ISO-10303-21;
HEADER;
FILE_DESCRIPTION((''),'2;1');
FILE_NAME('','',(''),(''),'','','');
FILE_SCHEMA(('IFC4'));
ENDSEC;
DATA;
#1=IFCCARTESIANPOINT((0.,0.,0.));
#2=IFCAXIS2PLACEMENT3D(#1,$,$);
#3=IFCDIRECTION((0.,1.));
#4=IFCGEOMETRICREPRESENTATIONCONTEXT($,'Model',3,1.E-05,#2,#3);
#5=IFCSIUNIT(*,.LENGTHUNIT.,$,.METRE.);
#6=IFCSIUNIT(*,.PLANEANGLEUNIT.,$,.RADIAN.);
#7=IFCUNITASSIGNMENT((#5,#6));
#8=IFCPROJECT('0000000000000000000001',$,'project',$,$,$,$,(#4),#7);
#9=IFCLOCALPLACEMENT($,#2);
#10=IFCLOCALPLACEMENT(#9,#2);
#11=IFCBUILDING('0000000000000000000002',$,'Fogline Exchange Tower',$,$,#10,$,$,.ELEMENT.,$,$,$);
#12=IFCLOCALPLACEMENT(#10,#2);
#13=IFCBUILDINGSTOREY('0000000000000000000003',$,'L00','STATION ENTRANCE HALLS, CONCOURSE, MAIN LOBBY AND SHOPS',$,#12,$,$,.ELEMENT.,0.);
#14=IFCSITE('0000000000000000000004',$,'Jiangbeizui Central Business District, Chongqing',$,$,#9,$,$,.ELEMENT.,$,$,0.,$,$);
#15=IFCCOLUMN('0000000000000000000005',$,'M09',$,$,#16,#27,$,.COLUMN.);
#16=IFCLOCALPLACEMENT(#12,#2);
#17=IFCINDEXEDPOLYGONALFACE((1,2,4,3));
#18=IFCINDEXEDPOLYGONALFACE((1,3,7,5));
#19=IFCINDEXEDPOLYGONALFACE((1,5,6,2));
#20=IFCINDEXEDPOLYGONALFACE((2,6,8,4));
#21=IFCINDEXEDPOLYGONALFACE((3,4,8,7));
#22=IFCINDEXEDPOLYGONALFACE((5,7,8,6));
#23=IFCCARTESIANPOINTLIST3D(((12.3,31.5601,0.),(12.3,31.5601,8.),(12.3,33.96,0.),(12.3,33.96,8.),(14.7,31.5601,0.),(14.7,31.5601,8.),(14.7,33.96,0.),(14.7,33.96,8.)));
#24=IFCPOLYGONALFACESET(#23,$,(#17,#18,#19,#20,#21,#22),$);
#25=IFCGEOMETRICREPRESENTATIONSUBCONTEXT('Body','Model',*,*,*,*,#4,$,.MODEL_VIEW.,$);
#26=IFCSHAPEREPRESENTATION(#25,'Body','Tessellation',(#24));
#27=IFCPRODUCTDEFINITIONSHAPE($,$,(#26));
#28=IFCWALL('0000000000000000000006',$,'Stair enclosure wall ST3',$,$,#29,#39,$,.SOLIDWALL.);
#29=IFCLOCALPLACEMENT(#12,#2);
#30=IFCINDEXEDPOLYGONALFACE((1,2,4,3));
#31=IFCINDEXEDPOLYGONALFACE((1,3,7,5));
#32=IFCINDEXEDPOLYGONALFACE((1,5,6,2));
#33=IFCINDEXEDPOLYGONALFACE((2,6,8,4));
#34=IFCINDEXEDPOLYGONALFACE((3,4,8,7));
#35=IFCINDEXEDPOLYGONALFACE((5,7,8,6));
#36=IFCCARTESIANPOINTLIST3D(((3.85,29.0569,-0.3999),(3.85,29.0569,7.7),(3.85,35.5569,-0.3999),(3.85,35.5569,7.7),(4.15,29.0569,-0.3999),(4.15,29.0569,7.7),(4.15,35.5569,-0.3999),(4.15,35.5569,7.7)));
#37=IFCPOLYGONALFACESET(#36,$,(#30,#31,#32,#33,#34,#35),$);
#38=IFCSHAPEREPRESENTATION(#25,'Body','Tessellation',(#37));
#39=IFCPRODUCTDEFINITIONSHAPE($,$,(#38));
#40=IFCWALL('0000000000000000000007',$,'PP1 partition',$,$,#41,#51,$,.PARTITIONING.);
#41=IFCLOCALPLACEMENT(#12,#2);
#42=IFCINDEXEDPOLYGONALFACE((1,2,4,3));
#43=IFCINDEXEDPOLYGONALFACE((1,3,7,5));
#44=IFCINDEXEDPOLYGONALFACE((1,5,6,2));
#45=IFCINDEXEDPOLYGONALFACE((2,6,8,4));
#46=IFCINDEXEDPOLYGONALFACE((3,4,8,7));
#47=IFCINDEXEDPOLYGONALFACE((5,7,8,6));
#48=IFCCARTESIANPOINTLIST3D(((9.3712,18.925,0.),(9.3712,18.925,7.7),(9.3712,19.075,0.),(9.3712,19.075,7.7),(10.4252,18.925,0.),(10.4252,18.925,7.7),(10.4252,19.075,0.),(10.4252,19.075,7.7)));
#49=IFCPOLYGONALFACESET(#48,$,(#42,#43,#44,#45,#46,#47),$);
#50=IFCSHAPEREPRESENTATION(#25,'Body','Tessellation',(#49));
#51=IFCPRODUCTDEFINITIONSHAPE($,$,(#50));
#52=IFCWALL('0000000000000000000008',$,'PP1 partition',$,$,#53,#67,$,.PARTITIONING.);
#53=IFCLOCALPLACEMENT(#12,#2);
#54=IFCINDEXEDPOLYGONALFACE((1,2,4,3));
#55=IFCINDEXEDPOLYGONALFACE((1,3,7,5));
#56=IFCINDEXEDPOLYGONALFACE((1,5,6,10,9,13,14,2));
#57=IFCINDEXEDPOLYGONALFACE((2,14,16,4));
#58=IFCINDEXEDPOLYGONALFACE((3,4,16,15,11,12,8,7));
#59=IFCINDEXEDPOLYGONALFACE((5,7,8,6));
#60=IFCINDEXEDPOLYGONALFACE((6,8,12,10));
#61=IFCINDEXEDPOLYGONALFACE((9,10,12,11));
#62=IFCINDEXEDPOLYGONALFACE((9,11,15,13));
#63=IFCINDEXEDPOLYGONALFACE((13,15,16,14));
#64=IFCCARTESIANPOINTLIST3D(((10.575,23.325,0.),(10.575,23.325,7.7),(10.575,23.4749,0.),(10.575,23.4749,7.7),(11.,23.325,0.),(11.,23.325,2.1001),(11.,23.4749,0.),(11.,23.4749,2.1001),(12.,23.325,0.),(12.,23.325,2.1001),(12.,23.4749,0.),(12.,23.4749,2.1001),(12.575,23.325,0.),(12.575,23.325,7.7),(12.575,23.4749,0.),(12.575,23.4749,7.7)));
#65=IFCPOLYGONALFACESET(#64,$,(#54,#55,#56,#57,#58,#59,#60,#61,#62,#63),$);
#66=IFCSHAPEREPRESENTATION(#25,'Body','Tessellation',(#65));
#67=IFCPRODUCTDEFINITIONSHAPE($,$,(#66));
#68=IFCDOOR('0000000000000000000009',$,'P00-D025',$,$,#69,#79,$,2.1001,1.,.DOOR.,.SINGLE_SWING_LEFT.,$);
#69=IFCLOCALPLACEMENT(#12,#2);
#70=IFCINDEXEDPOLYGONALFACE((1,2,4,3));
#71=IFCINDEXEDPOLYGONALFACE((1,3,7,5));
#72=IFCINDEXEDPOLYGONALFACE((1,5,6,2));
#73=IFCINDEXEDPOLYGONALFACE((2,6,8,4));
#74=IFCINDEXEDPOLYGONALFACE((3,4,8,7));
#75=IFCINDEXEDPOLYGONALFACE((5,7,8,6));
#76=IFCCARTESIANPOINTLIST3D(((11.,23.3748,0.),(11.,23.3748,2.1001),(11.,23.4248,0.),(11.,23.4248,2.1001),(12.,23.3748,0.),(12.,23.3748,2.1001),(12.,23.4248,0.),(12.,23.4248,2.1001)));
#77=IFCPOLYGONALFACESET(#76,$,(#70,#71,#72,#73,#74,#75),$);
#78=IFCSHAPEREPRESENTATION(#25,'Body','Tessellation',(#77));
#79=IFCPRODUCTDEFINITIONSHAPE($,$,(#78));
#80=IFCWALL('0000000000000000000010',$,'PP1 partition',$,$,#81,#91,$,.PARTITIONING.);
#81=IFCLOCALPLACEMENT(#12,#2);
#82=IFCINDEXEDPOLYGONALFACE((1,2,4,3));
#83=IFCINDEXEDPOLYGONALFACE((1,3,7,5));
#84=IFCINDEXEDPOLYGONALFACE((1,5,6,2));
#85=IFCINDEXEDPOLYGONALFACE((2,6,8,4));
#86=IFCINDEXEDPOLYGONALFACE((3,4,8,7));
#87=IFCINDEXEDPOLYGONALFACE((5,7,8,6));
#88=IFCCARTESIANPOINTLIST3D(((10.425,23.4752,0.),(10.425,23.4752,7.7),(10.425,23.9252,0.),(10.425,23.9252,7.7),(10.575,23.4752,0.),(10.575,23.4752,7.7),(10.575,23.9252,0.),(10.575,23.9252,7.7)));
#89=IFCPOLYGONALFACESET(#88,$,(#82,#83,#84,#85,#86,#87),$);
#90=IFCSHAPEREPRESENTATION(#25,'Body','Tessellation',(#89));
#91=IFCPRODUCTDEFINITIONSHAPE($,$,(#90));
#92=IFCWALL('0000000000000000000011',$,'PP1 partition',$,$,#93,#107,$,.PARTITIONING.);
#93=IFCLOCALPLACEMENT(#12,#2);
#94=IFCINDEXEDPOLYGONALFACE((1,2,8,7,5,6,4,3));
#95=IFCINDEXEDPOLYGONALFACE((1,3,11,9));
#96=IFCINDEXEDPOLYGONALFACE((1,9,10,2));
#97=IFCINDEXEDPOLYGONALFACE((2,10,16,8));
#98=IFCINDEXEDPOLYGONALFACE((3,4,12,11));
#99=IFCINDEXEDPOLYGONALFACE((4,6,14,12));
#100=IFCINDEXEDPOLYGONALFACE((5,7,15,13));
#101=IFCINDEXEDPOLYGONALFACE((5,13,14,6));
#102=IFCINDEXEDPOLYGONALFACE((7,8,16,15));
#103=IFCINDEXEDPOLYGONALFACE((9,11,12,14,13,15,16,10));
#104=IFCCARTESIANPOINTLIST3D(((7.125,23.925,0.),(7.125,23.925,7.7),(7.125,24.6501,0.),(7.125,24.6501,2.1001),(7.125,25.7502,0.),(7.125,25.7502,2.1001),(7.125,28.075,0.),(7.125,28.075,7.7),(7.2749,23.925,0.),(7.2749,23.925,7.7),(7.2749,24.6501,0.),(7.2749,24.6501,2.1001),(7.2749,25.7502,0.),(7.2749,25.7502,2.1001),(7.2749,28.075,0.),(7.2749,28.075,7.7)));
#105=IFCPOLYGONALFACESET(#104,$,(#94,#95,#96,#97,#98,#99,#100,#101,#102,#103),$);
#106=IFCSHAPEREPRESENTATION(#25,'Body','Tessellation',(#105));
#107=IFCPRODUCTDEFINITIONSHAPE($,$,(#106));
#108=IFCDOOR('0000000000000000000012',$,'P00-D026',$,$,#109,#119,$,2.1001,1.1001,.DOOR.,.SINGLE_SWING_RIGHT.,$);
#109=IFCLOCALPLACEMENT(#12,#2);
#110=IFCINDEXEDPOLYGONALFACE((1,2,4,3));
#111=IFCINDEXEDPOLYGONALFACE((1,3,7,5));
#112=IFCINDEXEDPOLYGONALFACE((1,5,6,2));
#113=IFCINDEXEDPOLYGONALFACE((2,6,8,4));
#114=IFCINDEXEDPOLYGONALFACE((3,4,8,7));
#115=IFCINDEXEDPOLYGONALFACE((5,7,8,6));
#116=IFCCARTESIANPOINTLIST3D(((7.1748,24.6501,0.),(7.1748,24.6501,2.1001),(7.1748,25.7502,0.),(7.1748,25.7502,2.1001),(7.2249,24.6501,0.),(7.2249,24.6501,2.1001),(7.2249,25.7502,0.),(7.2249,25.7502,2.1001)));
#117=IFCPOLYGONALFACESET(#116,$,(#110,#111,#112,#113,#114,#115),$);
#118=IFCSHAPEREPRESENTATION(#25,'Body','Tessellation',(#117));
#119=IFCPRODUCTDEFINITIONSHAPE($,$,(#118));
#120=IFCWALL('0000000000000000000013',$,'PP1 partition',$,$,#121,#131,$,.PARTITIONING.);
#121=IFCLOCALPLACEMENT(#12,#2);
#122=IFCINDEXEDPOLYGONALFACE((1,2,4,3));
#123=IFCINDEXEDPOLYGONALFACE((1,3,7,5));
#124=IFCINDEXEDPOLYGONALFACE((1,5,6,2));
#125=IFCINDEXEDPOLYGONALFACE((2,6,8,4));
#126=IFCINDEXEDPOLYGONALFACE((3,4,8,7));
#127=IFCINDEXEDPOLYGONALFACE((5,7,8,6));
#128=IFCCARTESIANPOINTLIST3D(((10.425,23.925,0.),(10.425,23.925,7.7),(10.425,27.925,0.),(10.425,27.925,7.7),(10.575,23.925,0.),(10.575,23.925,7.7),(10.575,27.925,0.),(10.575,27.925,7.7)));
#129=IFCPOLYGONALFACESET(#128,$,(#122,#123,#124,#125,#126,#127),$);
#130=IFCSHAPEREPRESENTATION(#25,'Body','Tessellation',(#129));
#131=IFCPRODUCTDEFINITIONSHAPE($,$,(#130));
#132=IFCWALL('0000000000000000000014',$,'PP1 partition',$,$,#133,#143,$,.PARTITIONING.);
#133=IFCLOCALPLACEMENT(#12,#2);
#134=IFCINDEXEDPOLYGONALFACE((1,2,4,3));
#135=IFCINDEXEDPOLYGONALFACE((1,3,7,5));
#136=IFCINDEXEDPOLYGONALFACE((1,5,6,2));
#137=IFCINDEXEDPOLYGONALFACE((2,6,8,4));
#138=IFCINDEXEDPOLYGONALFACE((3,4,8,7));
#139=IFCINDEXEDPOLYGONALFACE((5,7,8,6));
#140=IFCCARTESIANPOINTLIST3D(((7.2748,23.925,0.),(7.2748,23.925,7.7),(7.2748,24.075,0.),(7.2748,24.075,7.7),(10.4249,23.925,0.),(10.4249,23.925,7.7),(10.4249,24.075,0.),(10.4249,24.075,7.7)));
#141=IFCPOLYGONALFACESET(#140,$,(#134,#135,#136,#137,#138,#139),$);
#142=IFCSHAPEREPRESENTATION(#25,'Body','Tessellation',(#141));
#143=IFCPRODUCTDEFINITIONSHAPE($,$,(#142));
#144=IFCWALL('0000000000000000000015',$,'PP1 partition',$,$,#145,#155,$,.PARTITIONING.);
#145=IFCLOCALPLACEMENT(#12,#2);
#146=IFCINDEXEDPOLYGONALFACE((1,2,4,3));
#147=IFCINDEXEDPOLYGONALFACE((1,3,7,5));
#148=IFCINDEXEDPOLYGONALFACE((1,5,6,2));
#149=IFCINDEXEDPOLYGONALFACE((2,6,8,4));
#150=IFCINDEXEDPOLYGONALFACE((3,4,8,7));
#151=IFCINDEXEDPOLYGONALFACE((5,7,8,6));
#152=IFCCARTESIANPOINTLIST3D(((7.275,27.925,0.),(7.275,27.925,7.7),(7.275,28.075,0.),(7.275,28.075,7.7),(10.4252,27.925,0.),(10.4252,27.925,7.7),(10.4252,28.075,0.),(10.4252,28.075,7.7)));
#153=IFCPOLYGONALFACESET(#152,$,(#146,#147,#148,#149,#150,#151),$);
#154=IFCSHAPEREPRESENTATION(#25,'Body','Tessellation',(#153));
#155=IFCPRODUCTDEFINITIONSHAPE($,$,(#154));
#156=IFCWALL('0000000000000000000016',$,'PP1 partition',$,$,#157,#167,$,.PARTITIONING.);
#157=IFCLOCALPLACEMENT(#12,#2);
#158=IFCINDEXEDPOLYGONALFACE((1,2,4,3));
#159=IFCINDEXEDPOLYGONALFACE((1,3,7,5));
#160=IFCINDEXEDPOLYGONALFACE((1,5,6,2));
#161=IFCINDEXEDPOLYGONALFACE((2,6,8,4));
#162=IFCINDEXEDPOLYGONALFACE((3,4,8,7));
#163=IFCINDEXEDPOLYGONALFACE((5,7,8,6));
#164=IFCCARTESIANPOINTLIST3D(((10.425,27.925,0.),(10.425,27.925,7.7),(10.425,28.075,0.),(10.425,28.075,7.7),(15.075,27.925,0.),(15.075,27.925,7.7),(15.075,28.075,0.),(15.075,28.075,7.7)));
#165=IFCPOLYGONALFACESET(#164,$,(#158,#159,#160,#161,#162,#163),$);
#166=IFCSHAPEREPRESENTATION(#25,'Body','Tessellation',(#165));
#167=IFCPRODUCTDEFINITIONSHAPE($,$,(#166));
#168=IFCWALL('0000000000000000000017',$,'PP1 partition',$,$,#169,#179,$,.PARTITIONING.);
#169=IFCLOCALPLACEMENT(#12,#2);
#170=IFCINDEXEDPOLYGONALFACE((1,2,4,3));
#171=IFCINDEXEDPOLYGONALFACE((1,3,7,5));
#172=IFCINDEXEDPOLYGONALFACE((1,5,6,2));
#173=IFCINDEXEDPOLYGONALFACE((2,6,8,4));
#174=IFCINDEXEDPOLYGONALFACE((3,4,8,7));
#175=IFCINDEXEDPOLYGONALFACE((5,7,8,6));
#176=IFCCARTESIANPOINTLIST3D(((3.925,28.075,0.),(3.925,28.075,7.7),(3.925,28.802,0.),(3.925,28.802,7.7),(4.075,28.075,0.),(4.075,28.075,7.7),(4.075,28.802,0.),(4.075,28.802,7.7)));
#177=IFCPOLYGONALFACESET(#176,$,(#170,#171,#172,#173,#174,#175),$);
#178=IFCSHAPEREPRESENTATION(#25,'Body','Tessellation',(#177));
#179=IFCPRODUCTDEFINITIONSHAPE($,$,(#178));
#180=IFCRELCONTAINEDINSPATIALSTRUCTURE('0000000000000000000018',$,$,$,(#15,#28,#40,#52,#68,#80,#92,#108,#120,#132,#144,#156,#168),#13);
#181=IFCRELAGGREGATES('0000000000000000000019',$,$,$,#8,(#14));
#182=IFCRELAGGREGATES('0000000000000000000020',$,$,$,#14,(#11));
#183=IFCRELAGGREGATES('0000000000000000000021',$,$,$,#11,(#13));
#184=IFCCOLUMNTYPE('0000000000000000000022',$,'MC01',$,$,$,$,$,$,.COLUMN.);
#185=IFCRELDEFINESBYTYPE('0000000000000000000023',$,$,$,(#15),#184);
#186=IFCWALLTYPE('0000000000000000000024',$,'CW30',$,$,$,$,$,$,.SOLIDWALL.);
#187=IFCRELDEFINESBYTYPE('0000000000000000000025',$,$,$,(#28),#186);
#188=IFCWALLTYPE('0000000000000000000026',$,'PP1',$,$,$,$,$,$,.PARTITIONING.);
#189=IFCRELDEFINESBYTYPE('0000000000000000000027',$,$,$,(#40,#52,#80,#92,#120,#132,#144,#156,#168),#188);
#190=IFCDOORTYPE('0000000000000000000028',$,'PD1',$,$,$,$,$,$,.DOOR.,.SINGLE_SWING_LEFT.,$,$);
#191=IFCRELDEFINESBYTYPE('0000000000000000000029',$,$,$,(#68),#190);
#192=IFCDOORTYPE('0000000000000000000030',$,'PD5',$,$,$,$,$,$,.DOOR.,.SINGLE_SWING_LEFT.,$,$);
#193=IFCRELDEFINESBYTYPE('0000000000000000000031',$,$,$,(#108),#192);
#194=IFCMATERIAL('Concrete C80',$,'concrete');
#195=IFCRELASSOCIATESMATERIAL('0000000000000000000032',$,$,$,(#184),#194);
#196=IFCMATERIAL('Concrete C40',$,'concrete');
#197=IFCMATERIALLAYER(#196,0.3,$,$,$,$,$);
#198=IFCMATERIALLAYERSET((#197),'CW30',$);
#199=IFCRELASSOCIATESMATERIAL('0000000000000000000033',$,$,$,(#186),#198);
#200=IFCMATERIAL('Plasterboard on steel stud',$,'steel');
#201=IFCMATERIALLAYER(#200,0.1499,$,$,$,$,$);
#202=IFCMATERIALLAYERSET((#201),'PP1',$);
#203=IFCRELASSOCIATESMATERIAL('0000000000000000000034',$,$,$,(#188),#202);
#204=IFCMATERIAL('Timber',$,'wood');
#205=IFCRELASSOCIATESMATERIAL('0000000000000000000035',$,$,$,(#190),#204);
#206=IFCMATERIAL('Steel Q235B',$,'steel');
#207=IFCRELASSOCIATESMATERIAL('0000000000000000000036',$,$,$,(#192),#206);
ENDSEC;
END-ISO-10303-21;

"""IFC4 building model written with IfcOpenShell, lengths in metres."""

from ifc_helpers import new_model, si_unit, direction, frame, frame_2d, origin, origin_2d, place, context, subcontext, project, spatial, rectangle, extrude, material, layer, layer_set, material_profile, profile_set, type_object, element, fill, save


model = new_model("IFC4")

# Units and contexts
model_context = context("Model", 3, precision=1e-05, world=origin(), true_north=direction((0.0, 1.0)))
body_context = subcontext(model_context, "Body", "Model", "MODEL_VIEW")
ifc_project = project(units=[si_unit("LENGTHUNIT", "METRE"), si_unit("PLANEANGLEUNIT", "RADIAN")], contexts=[model_context])

# Site, building, storey
site_placement = place(None, origin())
site = spatial("IfcSite", under=ifc_project, at=site_placement, Name="Jiangbeizui Central Business District, Chongqing", CompositionType="ELEMENT", RefElevation=0.0)
building_placement = place(site_placement, origin())
building = spatial("IfcBuilding", under=site, at=building_placement, Name="Fogline Exchange Tower", CompositionType="ELEMENT")
storey_placement = place(building_placement, origin())
storey = spatial("IfcBuildingStorey", under=building, at=storey_placement, Name="L00", Description="STATION ENTRANCE HALLS, CONCOURSE, MAIN LOBBY AND SHOPS", CompositionType="ELEMENT", Elevation=0.0)

# Column
ifc_material_1 = material(Name="Concrete C80", Category="concrete")
ifc_material_profile = material_profile(ifc_material_1, rectangle(XDim=2.3999, YDim=2.3999, at=origin_2d()), Name="RC 2400x2400")
ifc_profile_set = profile_set([ifc_material_profile], Name="Concrete C80")
column_type = type_object("IfcColumnType", Name="MC01", PredefinedType="COLUMN", material=ifc_profile_set)
column_placement = place(storey_placement, frame((13.5, 32.76, 0.0), z_axis=(0.0, 0.0, 1.0), x_axis=(1.0, 0.0, 0.0)))
element("IfcColumn", 1, at=column_placement, inside=storey, type_object=column_type, Name="M09", PredefinedType="COLUMN", context=body_context, shape_type="SweptSolid", body=[
    extrude(rectangle(XDim=2.3999, YDim=2.3999, at=origin_2d()), origin(), (0.0, 0.0, 1.0), 8.0),
])

# Walls
ifc_material_2 = material(Name="Concrete C40", Category="concrete")
ifc_layer_1 = layer(ifc_material_2, 0.3)
ifc_layer_set_1 = layer_set([ifc_layer_1], Name="CW30")
wall_type_1 = type_object("IfcWallType", Name="CW30", PredefinedType="SOLIDWALL", material=ifc_layer_set_1)
wall_1_placement = place(storey_placement, frame((4.0, 29.0569, -0.3999), z_axis=(0.0, 0.0, 1.0), x_axis=(0.0, 1.0, 0.0)))
element("IfcWall", 2, at=wall_1_placement, inside=storey, type_object=wall_type_1, Name="Stair enclosure wall ST3", PredefinedType="SOLIDWALL", context=body_context, shape_type="SweptSolid", body=[
    extrude(rectangle(XDim=6.5, YDim=0.3, at=frame_2d((3.25, 0.0))), origin(), (0.0, 0.0, 1.0), 8.0999),
])
ifc_material_3 = material(Name="Plasterboard on steel stud", Category="steel")
ifc_layer_2 = layer(ifc_material_3, 0.1499)
ifc_layer_set_2 = layer_set([ifc_layer_2], Name="PP1")
wall_type_2 = type_object("IfcWallType", Name="PP1", PredefinedType="PARTITIONING", material=ifc_layer_set_2)
wall_2_placement = place(storey_placement, frame((10.425, 19.0, 0.0), z_axis=(0.0, 0.0, 1.0), x_axis=(-1.0, 0.0, 0.0)))
element("IfcWall", 3, at=wall_2_placement, inside=storey, type_object=wall_type_2, Name="PP1 partition", PredefinedType="PARTITIONING", context=body_context, shape_type="SweptSolid", body=[
    extrude(rectangle(XDim=1.054, YDim=0.1499, at=frame_2d((0.5269, 0.0))), origin(), (0.0, 0.0, 1.0), 7.7),
])

# Wall, opening, door
wall_3_placement = place(storey_placement, frame((12.575, 23.3999, 0.0), z_axis=(0.0, 0.0, 1.0), x_axis=(-1.0, 0.0, 0.0)))
wall_3 = element("IfcWall", 4, at=wall_3_placement, inside=storey, type_object=wall_type_2, Name="PP1 partition", PredefinedType="PARTITIONING", context=body_context, shape_type="SweptSolid", body=[
    extrude(rectangle(XDim=2.0, YDim=0.1499, at=frame_2d((1.0, 0.0))), origin(), (0.0, 0.0, 1.0), 7.7),
])
opening_1_placement = place(wall_3_placement, frame((0.575, 0.0, 0.0)))
opening_1 = element("IfcOpeningElement", 5, at=opening_1_placement, cuts=wall_3, PredefinedType="OPENING", context=body_context, shape_type="SweptSolid", body=[
    extrude(rectangle(XDim=1.0, YDim=2.1001, at=frame_2d((0.5, 1.05))), frame((0.0, 0.085, 0.0), z_axis=(0.0, -1.0, 0.0), x_axis=(1.0, 0.0, 0.0)), (0.0, 0.0, 1.0), 0.1699),
])
ifc_material_4 = material(Name="Timber", Category="wood")
door_type_1 = type_object("IfcDoorType", Name="PD1", OperationType="SINGLE_SWING_LEFT", PredefinedType="DOOR", material=ifc_material_4)
door_1_placement = place(opening_1_placement, frame((1.0, 0.0, 0.0), z_axis=(0.0, 0.0, 1.0), x_axis=(-1.0, 0.0, 0.0)))
door_1 = element("IfcDoor", 6, at=door_1_placement, inside=storey, type_object=door_type_1, Name="P00-D025", OperationType="SINGLE_SWING_LEFT", OverallHeight=2.1001, OverallWidth=1.0, PredefinedType="DOOR", context=body_context, shape_type="SweptSolid", body=[
    extrude(rectangle(XDim=1.0, YDim=2.1001, at=frame_2d((0.5, 1.05))), frame((0.0, 0.0249, 0.0), z_axis=(0.0, -1.0, 0.0), x_axis=(1.0, 0.0, 0.0)), (0.0, 0.0, 1.0), 0.05),
])
fill(opening_1, door_1)

# Wall
wall_4_placement = place(storey_placement, frame((10.5, 23.4751, 0.0), z_axis=(0.0, 0.0, 1.0), x_axis=(0.0, 1.0, 0.0)))
element("IfcWall", 7, at=wall_4_placement, inside=storey, type_object=wall_type_2, Name="PP1 partition", PredefinedType="PARTITIONING", context=body_context, shape_type="SweptSolid", body=[
    extrude(rectangle(XDim=0.45, YDim=0.1499, at=frame_2d((0.2251, 0.0))), origin(), (0.0, 0.0, 1.0), 7.7),
])

# Wall, opening, door
wall_5_placement = place(storey_placement, frame((7.2, 23.925, 0.0), z_axis=(0.0, 0.0, 1.0), x_axis=(0.0, 1.0, 0.0)))
wall_5 = element("IfcWall", 8, at=wall_5_placement, inside=storey, type_object=wall_type_2, Name="PP1 partition", PredefinedType="PARTITIONING", context=body_context, shape_type="SweptSolid", body=[
    extrude(rectangle(XDim=4.1499, YDim=0.1499, at=frame_2d((2.075, 0.0))), origin(), (0.0, 0.0, 1.0), 7.7),
])
opening_2_placement = place(wall_5_placement, frame((0.7251, 0.0, 0.0)))
opening_2 = element("IfcOpeningElement", 9, at=opening_2_placement, cuts=wall_5, PredefinedType="OPENING", context=body_context, shape_type="SweptSolid", body=[
    extrude(rectangle(XDim=1.1001, YDim=2.1001, at=frame_2d((0.55, 1.05))), frame((0.0, 0.085, 0.0), z_axis=(0.0, -1.0, 0.0), x_axis=(1.0, 0.0, 0.0)), (0.0, 0.0, 1.0), 0.1699),
])
ifc_material_5 = material(Name="Steel Q235B", Category="steel")
door_type_2 = type_object("IfcDoorType", Name="PD5", OperationType="SINGLE_SWING_LEFT", PredefinedType="DOOR", material=ifc_material_5)
door_2_placement = place(opening_2_placement, frame((1.1001, 0.0, 0.0), z_axis=(0.0, 0.0, 1.0), x_axis=(-1.0, 0.0, 0.0)))
door_2 = element("IfcDoor", 10, at=door_2_placement, inside=storey, type_object=door_type_2, Name="P00-D026", OperationType="SINGLE_SWING_RIGHT", OverallHeight=2.1001, OverallWidth=1.1001, PredefinedType="DOOR", context=body_context, shape_type="SweptSolid", body=[
    extrude(rectangle(XDim=1.1001, YDim=2.1001, at=frame_2d((0.55, 1.05))), frame((0.0, 0.0249, 0.0), z_axis=(0.0, -1.0, 0.0), x_axis=(1.0, 0.0, 0.0)), (0.0, 0.0, 1.0), 0.05),
])
fill(opening_2, door_2)

# Walls
wall_6_placement = place(storey_placement, frame((10.5, 23.925, 0.0), z_axis=(0.0, 0.0, 1.0), x_axis=(0.0, 1.0, 0.0)))
element("IfcWall", 11, at=wall_6_placement, inside=storey, type_object=wall_type_2, Name="PP1 partition", PredefinedType="PARTITIONING", context=body_context, shape_type="SweptSolid", body=[
    extrude(rectangle(XDim=4.0, YDim=0.1499, at=frame_2d((2.0, 0.0))), origin(), (0.0, 0.0, 1.0), 7.7),
])
wall_7_placement = place(storey_placement, frame((10.425, 24.0, 0.0), z_axis=(0.0, 0.0, 1.0), x_axis=(-1.0, 0.0, 0.0)))
element("IfcWall", 12, at=wall_7_placement, inside=storey, type_object=wall_type_2, Name="PP1 partition", PredefinedType="PARTITIONING", context=body_context, shape_type="SweptSolid", body=[
    extrude(rectangle(XDim=3.1501, YDim=0.1499, at=frame_2d((1.5752, 0.0))), origin(), (0.0, 0.0, 1.0), 7.7),
])

# Walls
wall_8_placement = place(storey_placement, frame((7.2749, 28.0, 0.0), z_axis=(0.0, 0.0, 1.0), x_axis=(1.0, 0.0, 0.0)))
element("IfcWall", 13, at=wall_8_placement, inside=storey, type_object=wall_type_2, Name="PP1 partition", PredefinedType="PARTITIONING", context=body_context, shape_type="SweptSolid", body=[
    extrude(rectangle(XDim=3.1501, YDim=0.1499, at=frame_2d((1.5752, 0.0))), origin(), (0.0, 0.0, 1.0), 7.7),
])
wall_9_placement = place(storey_placement, frame((10.425, 28.0, 0.0), z_axis=(0.0, 0.0, 1.0), x_axis=(1.0, 0.0, 0.0)))
element("IfcWall", 14, at=wall_9_placement, inside=storey, type_object=wall_type_2, Name="PP1 partition", PredefinedType="PARTITIONING", context=body_context, shape_type="SweptSolid", body=[
    extrude(rectangle(XDim=4.6499, YDim=0.1499, at=frame_2d((2.325, 0.0))), origin(), (0.0, 0.0, 1.0), 7.7),
])
wall_10_placement = place(storey_placement, frame((4.0, 28.802, 0.0), z_axis=(0.0, 0.0, 1.0), x_axis=(0.0, -1.0, 0.0)))
element("IfcWall", 15, at=wall_10_placement, inside=storey, type_object=wall_type_2, Name="PP1 partition", PredefinedType="PARTITIONING", context=body_context, shape_type="SweptSolid", body=[
    extrude(rectangle(XDim=0.7271, YDim=0.1499, at=frame_2d((0.3635, 0.0))), origin(), (0.0, 0.0, 1.0), 7.7),
])

save(model, "model.ifc")
